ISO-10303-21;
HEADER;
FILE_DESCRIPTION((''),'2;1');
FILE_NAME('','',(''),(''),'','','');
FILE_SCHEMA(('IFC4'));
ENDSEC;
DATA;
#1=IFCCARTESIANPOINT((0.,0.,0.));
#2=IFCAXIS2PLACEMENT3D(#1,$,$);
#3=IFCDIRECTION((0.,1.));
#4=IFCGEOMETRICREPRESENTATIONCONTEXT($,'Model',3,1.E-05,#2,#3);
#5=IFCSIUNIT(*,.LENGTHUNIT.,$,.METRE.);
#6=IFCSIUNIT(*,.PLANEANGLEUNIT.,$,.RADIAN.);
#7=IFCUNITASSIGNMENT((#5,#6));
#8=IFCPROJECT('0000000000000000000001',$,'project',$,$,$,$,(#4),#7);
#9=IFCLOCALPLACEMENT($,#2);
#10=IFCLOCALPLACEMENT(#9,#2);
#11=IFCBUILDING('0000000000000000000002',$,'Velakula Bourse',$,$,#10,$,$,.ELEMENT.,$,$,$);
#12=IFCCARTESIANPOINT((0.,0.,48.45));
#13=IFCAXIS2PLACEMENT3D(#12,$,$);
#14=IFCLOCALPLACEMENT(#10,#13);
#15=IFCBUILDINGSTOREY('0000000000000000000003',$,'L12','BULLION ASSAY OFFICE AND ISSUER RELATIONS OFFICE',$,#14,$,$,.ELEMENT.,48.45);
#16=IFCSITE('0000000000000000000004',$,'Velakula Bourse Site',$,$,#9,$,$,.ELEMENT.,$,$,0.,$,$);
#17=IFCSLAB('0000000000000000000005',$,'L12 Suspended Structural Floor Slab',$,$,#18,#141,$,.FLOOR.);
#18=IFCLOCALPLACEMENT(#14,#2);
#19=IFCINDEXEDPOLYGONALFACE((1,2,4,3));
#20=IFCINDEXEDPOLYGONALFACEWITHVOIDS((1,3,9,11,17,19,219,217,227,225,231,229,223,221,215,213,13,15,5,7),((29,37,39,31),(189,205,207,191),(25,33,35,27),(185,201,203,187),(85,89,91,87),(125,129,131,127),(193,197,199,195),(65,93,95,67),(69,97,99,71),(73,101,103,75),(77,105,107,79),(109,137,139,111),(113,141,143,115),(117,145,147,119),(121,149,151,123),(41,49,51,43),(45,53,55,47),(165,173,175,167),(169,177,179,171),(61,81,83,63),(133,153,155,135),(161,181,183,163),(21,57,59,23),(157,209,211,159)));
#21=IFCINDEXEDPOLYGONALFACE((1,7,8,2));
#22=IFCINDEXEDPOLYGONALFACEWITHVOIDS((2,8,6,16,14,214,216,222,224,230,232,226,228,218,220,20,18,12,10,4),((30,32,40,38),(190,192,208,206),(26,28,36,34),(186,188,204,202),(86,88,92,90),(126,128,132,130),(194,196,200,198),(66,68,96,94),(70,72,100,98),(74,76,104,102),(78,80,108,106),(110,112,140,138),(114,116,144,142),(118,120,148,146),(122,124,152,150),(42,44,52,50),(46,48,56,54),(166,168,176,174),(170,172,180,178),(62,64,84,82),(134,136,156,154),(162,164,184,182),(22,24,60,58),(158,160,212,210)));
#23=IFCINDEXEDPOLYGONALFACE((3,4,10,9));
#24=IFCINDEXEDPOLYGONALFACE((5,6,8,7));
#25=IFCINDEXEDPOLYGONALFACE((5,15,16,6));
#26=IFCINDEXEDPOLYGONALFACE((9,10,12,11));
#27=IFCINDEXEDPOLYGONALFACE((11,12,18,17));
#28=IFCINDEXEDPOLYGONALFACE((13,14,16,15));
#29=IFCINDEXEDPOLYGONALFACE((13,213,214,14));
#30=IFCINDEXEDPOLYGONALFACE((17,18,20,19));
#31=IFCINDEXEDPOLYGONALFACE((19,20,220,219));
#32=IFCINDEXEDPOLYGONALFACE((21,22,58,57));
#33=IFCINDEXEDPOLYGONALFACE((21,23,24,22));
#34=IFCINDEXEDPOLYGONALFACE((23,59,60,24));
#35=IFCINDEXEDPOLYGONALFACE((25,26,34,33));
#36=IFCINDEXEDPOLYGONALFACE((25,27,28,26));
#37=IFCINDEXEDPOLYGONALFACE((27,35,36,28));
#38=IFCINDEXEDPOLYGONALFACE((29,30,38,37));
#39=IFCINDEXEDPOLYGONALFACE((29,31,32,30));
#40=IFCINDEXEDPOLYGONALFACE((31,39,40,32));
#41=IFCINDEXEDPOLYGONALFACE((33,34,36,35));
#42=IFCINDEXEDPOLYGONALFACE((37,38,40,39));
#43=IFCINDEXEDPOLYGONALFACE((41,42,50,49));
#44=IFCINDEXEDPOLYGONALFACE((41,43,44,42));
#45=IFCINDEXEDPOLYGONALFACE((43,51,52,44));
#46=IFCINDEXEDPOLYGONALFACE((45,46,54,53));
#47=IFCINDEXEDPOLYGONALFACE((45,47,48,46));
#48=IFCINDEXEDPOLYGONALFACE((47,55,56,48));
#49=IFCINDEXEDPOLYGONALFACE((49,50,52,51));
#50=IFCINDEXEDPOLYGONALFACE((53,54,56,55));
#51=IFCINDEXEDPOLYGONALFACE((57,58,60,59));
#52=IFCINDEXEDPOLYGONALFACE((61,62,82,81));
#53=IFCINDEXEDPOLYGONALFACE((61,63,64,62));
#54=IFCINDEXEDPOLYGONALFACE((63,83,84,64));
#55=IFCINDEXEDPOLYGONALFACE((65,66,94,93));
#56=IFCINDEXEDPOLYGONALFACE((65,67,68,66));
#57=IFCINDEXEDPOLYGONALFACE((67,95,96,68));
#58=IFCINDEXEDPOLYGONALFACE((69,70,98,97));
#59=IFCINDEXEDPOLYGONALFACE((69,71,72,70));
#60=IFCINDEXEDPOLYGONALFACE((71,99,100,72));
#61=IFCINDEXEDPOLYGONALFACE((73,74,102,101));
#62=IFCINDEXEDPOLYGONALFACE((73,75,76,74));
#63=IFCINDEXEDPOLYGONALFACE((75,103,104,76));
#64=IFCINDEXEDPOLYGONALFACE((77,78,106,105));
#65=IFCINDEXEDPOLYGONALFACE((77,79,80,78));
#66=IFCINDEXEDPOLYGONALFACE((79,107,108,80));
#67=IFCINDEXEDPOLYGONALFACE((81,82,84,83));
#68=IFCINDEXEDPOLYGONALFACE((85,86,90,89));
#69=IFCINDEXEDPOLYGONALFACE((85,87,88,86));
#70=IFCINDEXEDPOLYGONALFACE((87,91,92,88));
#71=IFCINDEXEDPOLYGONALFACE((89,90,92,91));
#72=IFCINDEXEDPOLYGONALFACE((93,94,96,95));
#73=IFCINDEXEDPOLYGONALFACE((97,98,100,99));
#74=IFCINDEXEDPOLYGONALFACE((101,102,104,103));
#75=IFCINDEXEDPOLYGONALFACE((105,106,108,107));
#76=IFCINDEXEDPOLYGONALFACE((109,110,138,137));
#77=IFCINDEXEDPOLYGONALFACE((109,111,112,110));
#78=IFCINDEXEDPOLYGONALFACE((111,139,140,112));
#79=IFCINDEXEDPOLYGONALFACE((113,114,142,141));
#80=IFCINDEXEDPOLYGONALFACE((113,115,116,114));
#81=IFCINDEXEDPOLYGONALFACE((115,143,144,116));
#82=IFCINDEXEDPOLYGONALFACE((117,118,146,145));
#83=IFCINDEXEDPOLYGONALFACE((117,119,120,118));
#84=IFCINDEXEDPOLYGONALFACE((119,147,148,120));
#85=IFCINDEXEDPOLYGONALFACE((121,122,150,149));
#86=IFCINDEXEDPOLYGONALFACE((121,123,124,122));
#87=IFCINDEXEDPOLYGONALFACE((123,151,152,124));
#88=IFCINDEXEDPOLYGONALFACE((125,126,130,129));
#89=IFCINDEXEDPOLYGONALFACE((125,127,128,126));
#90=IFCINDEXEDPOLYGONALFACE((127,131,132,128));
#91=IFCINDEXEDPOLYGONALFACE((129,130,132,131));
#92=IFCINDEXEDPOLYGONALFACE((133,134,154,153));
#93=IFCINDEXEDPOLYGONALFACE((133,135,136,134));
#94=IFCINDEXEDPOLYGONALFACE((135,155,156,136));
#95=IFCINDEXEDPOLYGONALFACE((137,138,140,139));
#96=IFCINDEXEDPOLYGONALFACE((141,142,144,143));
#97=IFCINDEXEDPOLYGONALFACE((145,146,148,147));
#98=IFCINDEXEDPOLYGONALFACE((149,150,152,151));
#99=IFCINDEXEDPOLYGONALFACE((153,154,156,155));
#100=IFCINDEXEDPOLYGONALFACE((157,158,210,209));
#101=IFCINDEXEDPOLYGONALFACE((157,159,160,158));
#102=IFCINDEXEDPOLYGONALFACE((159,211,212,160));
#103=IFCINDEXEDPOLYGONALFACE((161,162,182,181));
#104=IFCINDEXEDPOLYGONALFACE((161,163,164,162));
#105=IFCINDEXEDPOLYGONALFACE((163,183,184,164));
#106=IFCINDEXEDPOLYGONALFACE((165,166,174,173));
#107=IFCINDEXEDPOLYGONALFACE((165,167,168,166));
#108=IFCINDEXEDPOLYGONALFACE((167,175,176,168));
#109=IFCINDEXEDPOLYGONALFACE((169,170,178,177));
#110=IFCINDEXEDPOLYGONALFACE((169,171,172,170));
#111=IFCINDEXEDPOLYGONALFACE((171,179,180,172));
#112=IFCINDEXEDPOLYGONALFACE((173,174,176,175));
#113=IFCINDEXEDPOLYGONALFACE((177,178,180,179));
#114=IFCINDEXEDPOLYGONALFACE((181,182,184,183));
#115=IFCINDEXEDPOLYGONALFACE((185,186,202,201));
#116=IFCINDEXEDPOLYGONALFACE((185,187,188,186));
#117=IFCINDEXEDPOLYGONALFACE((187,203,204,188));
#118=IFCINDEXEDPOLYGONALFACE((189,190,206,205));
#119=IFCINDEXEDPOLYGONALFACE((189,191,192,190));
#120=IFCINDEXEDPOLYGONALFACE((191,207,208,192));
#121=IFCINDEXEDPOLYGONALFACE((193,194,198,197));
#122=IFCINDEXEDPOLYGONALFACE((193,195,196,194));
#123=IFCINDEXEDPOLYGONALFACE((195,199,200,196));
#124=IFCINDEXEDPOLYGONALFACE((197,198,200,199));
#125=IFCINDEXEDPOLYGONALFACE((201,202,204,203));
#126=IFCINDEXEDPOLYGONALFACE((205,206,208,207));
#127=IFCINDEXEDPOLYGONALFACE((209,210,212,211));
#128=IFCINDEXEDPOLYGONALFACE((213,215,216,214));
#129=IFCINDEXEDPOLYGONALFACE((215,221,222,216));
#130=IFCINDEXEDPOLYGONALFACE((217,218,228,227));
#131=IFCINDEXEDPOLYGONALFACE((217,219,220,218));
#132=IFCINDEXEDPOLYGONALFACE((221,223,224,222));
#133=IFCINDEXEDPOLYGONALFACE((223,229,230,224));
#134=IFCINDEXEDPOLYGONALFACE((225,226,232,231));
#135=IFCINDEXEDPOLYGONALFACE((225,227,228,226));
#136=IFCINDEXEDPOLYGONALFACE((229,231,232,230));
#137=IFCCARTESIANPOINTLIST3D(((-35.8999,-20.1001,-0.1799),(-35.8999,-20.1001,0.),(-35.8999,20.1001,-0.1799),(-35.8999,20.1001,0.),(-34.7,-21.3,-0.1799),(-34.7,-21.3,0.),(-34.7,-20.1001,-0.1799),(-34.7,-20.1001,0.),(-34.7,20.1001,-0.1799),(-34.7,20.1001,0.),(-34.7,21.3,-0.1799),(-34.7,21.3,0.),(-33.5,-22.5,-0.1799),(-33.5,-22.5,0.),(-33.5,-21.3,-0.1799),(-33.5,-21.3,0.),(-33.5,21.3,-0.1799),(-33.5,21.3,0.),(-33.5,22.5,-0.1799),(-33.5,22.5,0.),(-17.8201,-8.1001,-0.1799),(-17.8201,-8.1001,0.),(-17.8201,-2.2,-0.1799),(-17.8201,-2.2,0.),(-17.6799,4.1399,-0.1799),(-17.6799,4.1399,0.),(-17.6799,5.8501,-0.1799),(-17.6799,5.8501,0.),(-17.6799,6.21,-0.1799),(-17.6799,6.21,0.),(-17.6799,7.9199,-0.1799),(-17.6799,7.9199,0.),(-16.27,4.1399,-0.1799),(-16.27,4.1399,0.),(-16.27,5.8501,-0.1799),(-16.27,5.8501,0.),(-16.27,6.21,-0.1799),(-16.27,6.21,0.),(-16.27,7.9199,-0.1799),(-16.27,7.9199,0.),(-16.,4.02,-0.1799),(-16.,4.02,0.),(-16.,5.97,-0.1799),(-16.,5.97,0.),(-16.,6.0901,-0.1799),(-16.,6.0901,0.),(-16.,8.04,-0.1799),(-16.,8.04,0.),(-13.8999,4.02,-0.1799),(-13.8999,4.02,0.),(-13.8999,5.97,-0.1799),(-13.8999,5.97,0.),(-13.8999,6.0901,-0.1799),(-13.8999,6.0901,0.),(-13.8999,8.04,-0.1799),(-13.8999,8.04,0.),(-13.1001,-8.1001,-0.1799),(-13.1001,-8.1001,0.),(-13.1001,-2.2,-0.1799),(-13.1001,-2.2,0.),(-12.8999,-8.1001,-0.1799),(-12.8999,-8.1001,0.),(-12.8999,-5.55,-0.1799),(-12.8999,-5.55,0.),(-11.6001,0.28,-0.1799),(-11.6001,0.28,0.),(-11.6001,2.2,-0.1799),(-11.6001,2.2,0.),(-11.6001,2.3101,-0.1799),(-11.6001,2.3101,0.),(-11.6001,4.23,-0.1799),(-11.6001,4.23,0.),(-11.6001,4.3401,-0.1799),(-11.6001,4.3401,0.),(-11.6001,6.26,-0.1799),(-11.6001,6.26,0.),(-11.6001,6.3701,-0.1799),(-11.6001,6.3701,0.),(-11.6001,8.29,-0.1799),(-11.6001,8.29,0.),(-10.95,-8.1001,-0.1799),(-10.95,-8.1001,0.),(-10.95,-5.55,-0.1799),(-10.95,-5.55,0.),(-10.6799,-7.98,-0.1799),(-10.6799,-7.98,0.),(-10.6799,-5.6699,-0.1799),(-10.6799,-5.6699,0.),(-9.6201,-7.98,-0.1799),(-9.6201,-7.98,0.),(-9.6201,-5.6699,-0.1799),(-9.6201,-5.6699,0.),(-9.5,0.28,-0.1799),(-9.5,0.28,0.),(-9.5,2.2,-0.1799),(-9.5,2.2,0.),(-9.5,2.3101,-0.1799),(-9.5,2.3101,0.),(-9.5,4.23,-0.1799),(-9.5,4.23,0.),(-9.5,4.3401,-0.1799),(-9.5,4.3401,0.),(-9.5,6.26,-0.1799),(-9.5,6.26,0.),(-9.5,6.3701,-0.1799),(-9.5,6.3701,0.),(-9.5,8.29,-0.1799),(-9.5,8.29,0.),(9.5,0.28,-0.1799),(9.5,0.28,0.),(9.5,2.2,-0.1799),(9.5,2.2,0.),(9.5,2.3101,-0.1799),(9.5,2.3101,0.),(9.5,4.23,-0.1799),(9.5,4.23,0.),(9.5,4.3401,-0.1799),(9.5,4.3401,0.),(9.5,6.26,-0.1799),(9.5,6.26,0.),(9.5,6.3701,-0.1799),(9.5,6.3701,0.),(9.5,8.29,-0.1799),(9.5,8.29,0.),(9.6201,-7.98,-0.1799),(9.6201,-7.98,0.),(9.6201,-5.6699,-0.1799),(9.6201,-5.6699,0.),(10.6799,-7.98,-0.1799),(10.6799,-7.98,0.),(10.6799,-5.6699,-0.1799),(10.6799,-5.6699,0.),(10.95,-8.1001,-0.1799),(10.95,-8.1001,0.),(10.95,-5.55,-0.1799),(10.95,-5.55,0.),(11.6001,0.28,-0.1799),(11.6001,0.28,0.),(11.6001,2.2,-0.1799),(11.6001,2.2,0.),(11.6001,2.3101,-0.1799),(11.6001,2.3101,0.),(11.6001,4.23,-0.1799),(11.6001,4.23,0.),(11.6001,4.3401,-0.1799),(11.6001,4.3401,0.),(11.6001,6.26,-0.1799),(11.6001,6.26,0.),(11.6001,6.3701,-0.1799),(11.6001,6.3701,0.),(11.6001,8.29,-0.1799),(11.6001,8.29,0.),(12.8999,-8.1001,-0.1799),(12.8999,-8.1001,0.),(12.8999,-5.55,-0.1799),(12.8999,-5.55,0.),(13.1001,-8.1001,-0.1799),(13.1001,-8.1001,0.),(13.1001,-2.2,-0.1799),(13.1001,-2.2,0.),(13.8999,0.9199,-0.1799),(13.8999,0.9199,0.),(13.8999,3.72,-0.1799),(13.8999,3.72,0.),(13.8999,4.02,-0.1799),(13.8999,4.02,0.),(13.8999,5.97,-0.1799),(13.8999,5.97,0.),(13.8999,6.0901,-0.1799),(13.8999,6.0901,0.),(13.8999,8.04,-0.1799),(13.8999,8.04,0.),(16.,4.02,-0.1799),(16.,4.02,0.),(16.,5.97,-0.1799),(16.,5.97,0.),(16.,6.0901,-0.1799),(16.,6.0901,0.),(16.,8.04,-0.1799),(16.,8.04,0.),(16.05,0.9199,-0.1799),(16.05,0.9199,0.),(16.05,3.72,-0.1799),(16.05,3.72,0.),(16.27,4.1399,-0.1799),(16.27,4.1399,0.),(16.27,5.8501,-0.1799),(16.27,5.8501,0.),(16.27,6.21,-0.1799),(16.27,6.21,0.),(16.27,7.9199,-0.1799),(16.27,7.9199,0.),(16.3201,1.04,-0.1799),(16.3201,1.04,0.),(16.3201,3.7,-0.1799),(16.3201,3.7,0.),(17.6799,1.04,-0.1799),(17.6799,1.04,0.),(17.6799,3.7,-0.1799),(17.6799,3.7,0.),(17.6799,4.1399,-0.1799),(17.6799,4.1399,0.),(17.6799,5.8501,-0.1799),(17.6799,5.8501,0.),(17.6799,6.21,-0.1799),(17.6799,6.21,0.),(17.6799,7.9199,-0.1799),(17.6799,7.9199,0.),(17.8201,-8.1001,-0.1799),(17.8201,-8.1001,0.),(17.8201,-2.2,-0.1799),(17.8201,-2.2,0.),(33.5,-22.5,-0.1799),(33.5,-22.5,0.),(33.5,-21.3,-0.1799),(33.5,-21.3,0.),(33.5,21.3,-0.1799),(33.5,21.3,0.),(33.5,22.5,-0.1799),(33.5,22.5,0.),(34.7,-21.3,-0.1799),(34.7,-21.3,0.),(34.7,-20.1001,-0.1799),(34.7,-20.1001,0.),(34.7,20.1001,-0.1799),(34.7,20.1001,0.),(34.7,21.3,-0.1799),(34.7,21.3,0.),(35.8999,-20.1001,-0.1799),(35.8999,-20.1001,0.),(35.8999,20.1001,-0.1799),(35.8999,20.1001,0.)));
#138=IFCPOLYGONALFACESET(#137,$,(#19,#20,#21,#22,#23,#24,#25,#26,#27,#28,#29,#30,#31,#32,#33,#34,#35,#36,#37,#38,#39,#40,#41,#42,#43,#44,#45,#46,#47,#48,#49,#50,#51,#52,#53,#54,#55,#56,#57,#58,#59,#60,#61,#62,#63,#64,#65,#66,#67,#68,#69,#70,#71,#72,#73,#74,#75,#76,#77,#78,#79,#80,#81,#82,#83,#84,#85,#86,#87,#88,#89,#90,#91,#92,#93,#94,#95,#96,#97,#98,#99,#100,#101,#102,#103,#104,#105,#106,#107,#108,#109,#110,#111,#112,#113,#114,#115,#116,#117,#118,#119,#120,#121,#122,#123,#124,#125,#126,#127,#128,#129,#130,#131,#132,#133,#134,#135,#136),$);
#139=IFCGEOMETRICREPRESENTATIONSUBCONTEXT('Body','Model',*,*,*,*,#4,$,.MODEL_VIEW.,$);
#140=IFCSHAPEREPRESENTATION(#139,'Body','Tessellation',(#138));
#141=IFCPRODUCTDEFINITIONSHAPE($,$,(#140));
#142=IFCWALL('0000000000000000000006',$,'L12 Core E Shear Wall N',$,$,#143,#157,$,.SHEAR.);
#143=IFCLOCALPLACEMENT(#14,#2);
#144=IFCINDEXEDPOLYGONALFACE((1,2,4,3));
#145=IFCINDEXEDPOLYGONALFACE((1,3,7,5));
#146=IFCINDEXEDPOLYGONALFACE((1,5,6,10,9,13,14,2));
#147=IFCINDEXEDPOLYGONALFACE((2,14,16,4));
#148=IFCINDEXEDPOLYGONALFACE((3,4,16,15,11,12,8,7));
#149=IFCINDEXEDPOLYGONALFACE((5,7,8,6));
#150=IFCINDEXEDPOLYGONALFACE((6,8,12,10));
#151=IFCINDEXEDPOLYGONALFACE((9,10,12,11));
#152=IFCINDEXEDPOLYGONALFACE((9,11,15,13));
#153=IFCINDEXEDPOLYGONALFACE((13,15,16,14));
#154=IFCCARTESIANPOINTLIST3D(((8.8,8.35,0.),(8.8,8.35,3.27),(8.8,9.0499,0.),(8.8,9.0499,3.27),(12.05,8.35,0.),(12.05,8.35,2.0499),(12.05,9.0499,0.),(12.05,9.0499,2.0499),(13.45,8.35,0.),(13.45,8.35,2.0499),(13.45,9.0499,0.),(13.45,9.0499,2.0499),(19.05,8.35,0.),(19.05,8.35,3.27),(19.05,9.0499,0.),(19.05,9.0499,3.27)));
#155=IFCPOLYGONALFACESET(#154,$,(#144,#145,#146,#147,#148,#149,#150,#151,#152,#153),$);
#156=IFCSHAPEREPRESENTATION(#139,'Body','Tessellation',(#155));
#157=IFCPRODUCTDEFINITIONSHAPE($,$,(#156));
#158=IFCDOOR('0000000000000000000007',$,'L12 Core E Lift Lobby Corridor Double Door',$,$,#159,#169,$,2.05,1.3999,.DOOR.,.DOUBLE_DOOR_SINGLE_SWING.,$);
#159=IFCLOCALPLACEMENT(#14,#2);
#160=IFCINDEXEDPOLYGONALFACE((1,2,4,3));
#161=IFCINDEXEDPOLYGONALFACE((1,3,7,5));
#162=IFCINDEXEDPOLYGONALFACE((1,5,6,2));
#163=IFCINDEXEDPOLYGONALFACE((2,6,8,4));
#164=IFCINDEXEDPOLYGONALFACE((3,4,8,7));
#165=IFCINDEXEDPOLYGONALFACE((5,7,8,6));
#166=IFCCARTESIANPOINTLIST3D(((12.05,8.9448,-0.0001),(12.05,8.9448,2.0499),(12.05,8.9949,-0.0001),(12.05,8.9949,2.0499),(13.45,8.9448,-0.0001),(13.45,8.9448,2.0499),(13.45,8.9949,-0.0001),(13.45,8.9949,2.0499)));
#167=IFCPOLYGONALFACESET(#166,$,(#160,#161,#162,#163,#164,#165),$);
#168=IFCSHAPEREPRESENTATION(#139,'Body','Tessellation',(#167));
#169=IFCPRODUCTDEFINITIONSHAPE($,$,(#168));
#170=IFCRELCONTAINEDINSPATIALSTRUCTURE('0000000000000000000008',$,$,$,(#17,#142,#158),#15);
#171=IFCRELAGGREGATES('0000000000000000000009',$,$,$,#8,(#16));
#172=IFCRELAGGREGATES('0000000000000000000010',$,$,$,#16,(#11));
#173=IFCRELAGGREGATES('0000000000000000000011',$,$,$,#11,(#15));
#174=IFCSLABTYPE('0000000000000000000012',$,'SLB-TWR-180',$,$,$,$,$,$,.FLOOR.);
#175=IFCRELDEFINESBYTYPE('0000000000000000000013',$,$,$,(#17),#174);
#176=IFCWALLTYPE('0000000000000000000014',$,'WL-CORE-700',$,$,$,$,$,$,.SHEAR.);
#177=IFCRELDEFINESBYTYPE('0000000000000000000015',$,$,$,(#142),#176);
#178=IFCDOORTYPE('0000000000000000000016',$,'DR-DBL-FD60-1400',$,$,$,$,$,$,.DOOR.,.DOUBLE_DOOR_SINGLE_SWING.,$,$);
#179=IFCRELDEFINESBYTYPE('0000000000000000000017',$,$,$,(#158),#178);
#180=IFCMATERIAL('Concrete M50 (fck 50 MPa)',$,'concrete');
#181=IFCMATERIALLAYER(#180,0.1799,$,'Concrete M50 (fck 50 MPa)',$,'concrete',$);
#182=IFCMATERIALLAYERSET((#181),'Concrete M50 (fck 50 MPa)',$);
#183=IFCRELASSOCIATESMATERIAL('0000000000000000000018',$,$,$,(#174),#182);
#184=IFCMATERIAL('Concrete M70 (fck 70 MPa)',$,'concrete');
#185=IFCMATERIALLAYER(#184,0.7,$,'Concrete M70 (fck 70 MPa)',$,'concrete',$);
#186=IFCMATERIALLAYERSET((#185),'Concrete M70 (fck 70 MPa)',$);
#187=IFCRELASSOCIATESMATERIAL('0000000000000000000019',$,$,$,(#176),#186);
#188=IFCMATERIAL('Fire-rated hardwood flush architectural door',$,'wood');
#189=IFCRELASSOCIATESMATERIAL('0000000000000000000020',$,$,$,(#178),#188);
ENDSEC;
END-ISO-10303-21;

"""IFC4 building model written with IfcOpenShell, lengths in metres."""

from ifc_helpers import new_model, si_unit, direction, frame, frame_2d, origin, place, context, subcontext, project, spatial, polyline, rectangle, outline, extrude, material, layer, layer_set, type_object, element, fill, save


model = new_model("IFC4")

# Units and contexts
model_context = context("Model", 3, precision=1e-05, world=origin(), true_north=direction((0.0, 1.0)))
body_context = subcontext(model_context, "Body", "Model", "MODEL_VIEW")
ifc_project = project(units=[si_unit("LENGTHUNIT", "METRE"), si_unit("PLANEANGLEUNIT", "RADIAN")], contexts=[model_context])

# Site, building, storey
site_placement = place(None, origin())
site = spatial("IfcSite", under=ifc_project, at=site_placement, Name="Velakula Bourse Site", CompositionType="ELEMENT", RefElevation=0.0)
building_placement = place(site_placement, origin())
building = spatial("IfcBuilding", under=site, at=building_placement, Name="Velakula Bourse", CompositionType="ELEMENT")
storey_placement = place(building_placement, frame((0.0, 0.0, 48.45)))
storey = spatial("IfcBuildingStorey", under=building, at=storey_placement, Name="L12", Description="BULLION ASSAY OFFICE AND ISSUER RELATIONS OFFICE", CompositionType="ELEMENT", Elevation=48.45)

# Shared definitions
ifc_material_1 = material(Name="Concrete M70 (fck 70 MPa)", Category="concrete")

# Slab
ifc_material_2 = material(Name="Concrete M50 (fck 50 MPa)", Category="concrete")
ifc_layer_1 = layer(ifc_material_2, 0.1799, Name="Concrete M50 (fck 50 MPa)", Category="concrete")
ifc_layer_set_1 = layer_set([ifc_layer_1], Name="Concrete M50 (fck 50 MPa)")
slab_type_1 = type_object("IfcSlabType", Name="SLB-TWR-180", PredefinedType="FLOOR", material=ifc_layer_set_1)
slab_1_placement = place(storey_placement, frame((0.0, 0.0, -0.1799)))
element("IfcSlab", 1, at=slab_1_placement, inside=storey, type_object=slab_type_1, Name="L12 Suspended Structural Floor Slab", PredefinedType="FLOOR", context=body_context, shape_type="SweptSolid", body=[
    extrude(outline(polyline([(-33.5, -22.5), (33.5, -22.5), (33.5, -21.3), (34.7, -21.3), (34.7, -20.1001), (35.8999, -20.1001), (35.8999, 20.1001), (34.7, 20.1001), (34.7, 21.3), (33.5, 21.3), (33.5, 22.5), (-33.5, 22.5), (-33.5, 21.3), (-34.7, 21.3), (-34.7, 20.1001), (-35.8999, 20.1001), (-35.8999, -20.1001), (-34.7, -20.1001), (-34.7, -21.3), (-33.5, -21.3), (-33.5, -22.5)]), holes=[polyline([(-17.8201, -8.1001), (-13.1001, -8.1001), (-13.1001, -2.2), (-17.8201, -2.2), (-17.8201, -8.1001)]), polyline([(13.1001, -8.1001), (17.8201, -8.1001), (17.8201, -2.2), (13.1001, -2.2), (13.1001, -8.1001)]), polyline([(-12.8999, -8.1001), (-10.95, -8.1001), (-10.95, -5.55), (-12.8999, -5.55), (-12.8999, -8.1001)]), polyline([(10.95, -8.1001), (12.8999, -8.1001), (12.8999, -5.55), (10.95, -5.55), (10.95, -8.1001)]), polyline([(13.8999, 0.9199), (16.05, 0.9199), (16.05, 3.72), (13.8999, 3.72), (13.8999, 0.9199)]), polyline([(-10.6799, -7.98), (-9.6201, -7.98), (-9.6201, -5.6699), (-10.6799, -5.6699), (-10.6799, -7.98)]), polyline([(-17.6799, 4.1399), (-16.27, 4.1399), (-16.27, 5.8501), (-17.6799, 5.8501), (-17.6799, 4.1399)]), polyline([(-17.6799, 6.21), (-16.27, 6.21), (-16.27, 7.9199), (-17.6799, 7.9199), (-17.6799, 6.21)]), polyline([(9.6201, -7.98), (10.6799, -7.98), (10.6799, -5.6699), (9.6201, -5.6699), (9.6201, -7.98)]), polyline([(16.27, 4.1399), (17.6799, 4.1399), (17.6799, 5.8501), (16.27, 5.8501), (16.27, 4.1399)]), polyline([(16.27, 6.21), (17.6799, 6.21), (17.6799, 7.9199), (16.27, 7.9199), (16.27, 6.21)]), polyline([(16.3201, 1.04), (17.6799, 1.04), (17.6799, 3.7), (16.3201, 3.7), (16.3201, 1.04)]), polyline([(-11.6001, 0.28), (-9.5, 0.28), (-9.5, 2.2), (-11.6001, 2.2), (-11.6001, 0.28)]), polyline([(-11.6001, 2.3101), (-9.5, 2.3101), (-9.5, 4.23), (-11.6001, 4.23), (-11.6001, 2.3101)]), polyline([(-11.6001, 4.3401), (-9.5, 4.3401), (-9.5, 6.26), (-11.6001, 6.26), (-11.6001, 4.3401)]), polyline([(-11.6001, 6.3701), (-9.5, 6.3701), (-9.5, 8.29), (-11.6001, 8.29), (-11.6001, 6.3701)]), polyline([(9.5, 0.28), (11.6001, 0.28), (11.6001, 2.2), (9.5, 2.2), (9.5, 0.28)]), polyline([(9.5, 2.3101), (11.6001, 2.3101), (11.6001, 4.23), (9.5, 4.23), (9.5, 2.3101)]), polyline([(9.5, 4.3401), (11.6001, 4.3401), (11.6001, 6.26), (9.5, 6.26), (9.5, 4.3401)]), polyline([(9.5, 6.3701), (11.6001, 6.3701), (11.6001, 8.29), (9.5, 8.29), (9.5, 6.3701)]), polyline([(-16.0, 4.02), (-13.8999, 4.02), (-13.8999, 5.97), (-16.0, 5.97), (-16.0, 4.02)]), polyline([(-16.0, 6.0901), (-13.8999, 6.0901), (-13.8999, 8.04), (-16.0, 8.04), (-16.0, 6.0901)]), polyline([(13.8999, 4.02), (16.0, 4.02), (16.0, 5.97), (13.8999, 5.97), (13.8999, 4.02)]), polyline([(13.8999, 6.0901), (16.0, 6.0901), (16.0, 8.04), (13.8999, 8.04), (13.8999, 6.0901)])]), origin(), (0.0, 0.0, 1.0), 0.1799),
])

# Wall, opening, door
ifc_layer_2 = layer(ifc_material_1, 0.7, Name="Concrete M70 (fck 70 MPa)", Category="concrete")
ifc_layer_set_2 = layer_set([ifc_layer_2], Name="Concrete M70 (fck 70 MPa)")
wall_type_1 = type_object("IfcWallType", Name="WL-CORE-700", PredefinedType="SHEAR", material=ifc_layer_set_2)
wall_1_placement = place(storey_placement, frame((8.8, 8.7, 0.0), z_axis=(0.0, 0.0, 1.0), x_axis=(1.0, 0.0, 0.0)))
wall_1 = element("IfcWall", 2, at=wall_1_placement, inside=storey, type_object=wall_type_1, Name="L12 Core E Shear Wall N", PredefinedType="SHEAR", context=body_context, shape_type="SweptSolid", body=[
    extrude(rectangle(XDim=10.25, YDim=0.7, at=frame_2d((5.125, 0.0))), origin(), (0.0, 0.0, 1.0), 3.27),
])
opening_1_placement = place(wall_1_placement, frame((3.25, 0.0, 0.0)))
opening_1 = element("IfcOpeningElement", 3, at=opening_1_placement, cuts=wall_1, PredefinedType="OPENING", context=body_context, shape_type="SweptSolid", body=[
    extrude(rectangle(XDim=1.3999, YDim=2.05, at=frame_2d((0.7, 1.0249))), frame((0.0, 0.3599, 0.0), z_axis=(0.0, -1.0, 0.0), x_axis=(1.0, 0.0, 0.0)), (0.0, 0.0, 1.0), 0.72),
])
ifc_material_3 = material(Name="Fire-rated hardwood flush architectural door", Category="wood")
door_type = type_object("IfcDoorType", Name="DR-DBL-FD60-1400", OperationType="DOUBLE_DOOR_SINGLE_SWING", PredefinedType="DOOR", material=ifc_material_3)
door_placement = place(opening_1_placement, origin())
door = element("IfcDoor", 4, at=door_placement, inside=storey, type_object=door_type, Name="L12 Core E Lift Lobby Corridor Double Door", OperationType="DOUBLE_DOOR_SINGLE_SWING", OverallHeight=2.05, OverallWidth=1.3999, PredefinedType="DOOR", context=body_context, shape_type="SweptSolid", body=[
    extrude(rectangle(XDim=1.3999, YDim=2.05, at=frame_2d((0.7, 1.0249))), frame((0.0, 0.2949, 0.0), z_axis=(0.0, -1.0, 0.0), x_axis=(1.0, 0.0, 0.0)), (0.0, 0.0, 1.0), 0.05),
])
fill(opening_1, door)

save(model, "model.ifc")
